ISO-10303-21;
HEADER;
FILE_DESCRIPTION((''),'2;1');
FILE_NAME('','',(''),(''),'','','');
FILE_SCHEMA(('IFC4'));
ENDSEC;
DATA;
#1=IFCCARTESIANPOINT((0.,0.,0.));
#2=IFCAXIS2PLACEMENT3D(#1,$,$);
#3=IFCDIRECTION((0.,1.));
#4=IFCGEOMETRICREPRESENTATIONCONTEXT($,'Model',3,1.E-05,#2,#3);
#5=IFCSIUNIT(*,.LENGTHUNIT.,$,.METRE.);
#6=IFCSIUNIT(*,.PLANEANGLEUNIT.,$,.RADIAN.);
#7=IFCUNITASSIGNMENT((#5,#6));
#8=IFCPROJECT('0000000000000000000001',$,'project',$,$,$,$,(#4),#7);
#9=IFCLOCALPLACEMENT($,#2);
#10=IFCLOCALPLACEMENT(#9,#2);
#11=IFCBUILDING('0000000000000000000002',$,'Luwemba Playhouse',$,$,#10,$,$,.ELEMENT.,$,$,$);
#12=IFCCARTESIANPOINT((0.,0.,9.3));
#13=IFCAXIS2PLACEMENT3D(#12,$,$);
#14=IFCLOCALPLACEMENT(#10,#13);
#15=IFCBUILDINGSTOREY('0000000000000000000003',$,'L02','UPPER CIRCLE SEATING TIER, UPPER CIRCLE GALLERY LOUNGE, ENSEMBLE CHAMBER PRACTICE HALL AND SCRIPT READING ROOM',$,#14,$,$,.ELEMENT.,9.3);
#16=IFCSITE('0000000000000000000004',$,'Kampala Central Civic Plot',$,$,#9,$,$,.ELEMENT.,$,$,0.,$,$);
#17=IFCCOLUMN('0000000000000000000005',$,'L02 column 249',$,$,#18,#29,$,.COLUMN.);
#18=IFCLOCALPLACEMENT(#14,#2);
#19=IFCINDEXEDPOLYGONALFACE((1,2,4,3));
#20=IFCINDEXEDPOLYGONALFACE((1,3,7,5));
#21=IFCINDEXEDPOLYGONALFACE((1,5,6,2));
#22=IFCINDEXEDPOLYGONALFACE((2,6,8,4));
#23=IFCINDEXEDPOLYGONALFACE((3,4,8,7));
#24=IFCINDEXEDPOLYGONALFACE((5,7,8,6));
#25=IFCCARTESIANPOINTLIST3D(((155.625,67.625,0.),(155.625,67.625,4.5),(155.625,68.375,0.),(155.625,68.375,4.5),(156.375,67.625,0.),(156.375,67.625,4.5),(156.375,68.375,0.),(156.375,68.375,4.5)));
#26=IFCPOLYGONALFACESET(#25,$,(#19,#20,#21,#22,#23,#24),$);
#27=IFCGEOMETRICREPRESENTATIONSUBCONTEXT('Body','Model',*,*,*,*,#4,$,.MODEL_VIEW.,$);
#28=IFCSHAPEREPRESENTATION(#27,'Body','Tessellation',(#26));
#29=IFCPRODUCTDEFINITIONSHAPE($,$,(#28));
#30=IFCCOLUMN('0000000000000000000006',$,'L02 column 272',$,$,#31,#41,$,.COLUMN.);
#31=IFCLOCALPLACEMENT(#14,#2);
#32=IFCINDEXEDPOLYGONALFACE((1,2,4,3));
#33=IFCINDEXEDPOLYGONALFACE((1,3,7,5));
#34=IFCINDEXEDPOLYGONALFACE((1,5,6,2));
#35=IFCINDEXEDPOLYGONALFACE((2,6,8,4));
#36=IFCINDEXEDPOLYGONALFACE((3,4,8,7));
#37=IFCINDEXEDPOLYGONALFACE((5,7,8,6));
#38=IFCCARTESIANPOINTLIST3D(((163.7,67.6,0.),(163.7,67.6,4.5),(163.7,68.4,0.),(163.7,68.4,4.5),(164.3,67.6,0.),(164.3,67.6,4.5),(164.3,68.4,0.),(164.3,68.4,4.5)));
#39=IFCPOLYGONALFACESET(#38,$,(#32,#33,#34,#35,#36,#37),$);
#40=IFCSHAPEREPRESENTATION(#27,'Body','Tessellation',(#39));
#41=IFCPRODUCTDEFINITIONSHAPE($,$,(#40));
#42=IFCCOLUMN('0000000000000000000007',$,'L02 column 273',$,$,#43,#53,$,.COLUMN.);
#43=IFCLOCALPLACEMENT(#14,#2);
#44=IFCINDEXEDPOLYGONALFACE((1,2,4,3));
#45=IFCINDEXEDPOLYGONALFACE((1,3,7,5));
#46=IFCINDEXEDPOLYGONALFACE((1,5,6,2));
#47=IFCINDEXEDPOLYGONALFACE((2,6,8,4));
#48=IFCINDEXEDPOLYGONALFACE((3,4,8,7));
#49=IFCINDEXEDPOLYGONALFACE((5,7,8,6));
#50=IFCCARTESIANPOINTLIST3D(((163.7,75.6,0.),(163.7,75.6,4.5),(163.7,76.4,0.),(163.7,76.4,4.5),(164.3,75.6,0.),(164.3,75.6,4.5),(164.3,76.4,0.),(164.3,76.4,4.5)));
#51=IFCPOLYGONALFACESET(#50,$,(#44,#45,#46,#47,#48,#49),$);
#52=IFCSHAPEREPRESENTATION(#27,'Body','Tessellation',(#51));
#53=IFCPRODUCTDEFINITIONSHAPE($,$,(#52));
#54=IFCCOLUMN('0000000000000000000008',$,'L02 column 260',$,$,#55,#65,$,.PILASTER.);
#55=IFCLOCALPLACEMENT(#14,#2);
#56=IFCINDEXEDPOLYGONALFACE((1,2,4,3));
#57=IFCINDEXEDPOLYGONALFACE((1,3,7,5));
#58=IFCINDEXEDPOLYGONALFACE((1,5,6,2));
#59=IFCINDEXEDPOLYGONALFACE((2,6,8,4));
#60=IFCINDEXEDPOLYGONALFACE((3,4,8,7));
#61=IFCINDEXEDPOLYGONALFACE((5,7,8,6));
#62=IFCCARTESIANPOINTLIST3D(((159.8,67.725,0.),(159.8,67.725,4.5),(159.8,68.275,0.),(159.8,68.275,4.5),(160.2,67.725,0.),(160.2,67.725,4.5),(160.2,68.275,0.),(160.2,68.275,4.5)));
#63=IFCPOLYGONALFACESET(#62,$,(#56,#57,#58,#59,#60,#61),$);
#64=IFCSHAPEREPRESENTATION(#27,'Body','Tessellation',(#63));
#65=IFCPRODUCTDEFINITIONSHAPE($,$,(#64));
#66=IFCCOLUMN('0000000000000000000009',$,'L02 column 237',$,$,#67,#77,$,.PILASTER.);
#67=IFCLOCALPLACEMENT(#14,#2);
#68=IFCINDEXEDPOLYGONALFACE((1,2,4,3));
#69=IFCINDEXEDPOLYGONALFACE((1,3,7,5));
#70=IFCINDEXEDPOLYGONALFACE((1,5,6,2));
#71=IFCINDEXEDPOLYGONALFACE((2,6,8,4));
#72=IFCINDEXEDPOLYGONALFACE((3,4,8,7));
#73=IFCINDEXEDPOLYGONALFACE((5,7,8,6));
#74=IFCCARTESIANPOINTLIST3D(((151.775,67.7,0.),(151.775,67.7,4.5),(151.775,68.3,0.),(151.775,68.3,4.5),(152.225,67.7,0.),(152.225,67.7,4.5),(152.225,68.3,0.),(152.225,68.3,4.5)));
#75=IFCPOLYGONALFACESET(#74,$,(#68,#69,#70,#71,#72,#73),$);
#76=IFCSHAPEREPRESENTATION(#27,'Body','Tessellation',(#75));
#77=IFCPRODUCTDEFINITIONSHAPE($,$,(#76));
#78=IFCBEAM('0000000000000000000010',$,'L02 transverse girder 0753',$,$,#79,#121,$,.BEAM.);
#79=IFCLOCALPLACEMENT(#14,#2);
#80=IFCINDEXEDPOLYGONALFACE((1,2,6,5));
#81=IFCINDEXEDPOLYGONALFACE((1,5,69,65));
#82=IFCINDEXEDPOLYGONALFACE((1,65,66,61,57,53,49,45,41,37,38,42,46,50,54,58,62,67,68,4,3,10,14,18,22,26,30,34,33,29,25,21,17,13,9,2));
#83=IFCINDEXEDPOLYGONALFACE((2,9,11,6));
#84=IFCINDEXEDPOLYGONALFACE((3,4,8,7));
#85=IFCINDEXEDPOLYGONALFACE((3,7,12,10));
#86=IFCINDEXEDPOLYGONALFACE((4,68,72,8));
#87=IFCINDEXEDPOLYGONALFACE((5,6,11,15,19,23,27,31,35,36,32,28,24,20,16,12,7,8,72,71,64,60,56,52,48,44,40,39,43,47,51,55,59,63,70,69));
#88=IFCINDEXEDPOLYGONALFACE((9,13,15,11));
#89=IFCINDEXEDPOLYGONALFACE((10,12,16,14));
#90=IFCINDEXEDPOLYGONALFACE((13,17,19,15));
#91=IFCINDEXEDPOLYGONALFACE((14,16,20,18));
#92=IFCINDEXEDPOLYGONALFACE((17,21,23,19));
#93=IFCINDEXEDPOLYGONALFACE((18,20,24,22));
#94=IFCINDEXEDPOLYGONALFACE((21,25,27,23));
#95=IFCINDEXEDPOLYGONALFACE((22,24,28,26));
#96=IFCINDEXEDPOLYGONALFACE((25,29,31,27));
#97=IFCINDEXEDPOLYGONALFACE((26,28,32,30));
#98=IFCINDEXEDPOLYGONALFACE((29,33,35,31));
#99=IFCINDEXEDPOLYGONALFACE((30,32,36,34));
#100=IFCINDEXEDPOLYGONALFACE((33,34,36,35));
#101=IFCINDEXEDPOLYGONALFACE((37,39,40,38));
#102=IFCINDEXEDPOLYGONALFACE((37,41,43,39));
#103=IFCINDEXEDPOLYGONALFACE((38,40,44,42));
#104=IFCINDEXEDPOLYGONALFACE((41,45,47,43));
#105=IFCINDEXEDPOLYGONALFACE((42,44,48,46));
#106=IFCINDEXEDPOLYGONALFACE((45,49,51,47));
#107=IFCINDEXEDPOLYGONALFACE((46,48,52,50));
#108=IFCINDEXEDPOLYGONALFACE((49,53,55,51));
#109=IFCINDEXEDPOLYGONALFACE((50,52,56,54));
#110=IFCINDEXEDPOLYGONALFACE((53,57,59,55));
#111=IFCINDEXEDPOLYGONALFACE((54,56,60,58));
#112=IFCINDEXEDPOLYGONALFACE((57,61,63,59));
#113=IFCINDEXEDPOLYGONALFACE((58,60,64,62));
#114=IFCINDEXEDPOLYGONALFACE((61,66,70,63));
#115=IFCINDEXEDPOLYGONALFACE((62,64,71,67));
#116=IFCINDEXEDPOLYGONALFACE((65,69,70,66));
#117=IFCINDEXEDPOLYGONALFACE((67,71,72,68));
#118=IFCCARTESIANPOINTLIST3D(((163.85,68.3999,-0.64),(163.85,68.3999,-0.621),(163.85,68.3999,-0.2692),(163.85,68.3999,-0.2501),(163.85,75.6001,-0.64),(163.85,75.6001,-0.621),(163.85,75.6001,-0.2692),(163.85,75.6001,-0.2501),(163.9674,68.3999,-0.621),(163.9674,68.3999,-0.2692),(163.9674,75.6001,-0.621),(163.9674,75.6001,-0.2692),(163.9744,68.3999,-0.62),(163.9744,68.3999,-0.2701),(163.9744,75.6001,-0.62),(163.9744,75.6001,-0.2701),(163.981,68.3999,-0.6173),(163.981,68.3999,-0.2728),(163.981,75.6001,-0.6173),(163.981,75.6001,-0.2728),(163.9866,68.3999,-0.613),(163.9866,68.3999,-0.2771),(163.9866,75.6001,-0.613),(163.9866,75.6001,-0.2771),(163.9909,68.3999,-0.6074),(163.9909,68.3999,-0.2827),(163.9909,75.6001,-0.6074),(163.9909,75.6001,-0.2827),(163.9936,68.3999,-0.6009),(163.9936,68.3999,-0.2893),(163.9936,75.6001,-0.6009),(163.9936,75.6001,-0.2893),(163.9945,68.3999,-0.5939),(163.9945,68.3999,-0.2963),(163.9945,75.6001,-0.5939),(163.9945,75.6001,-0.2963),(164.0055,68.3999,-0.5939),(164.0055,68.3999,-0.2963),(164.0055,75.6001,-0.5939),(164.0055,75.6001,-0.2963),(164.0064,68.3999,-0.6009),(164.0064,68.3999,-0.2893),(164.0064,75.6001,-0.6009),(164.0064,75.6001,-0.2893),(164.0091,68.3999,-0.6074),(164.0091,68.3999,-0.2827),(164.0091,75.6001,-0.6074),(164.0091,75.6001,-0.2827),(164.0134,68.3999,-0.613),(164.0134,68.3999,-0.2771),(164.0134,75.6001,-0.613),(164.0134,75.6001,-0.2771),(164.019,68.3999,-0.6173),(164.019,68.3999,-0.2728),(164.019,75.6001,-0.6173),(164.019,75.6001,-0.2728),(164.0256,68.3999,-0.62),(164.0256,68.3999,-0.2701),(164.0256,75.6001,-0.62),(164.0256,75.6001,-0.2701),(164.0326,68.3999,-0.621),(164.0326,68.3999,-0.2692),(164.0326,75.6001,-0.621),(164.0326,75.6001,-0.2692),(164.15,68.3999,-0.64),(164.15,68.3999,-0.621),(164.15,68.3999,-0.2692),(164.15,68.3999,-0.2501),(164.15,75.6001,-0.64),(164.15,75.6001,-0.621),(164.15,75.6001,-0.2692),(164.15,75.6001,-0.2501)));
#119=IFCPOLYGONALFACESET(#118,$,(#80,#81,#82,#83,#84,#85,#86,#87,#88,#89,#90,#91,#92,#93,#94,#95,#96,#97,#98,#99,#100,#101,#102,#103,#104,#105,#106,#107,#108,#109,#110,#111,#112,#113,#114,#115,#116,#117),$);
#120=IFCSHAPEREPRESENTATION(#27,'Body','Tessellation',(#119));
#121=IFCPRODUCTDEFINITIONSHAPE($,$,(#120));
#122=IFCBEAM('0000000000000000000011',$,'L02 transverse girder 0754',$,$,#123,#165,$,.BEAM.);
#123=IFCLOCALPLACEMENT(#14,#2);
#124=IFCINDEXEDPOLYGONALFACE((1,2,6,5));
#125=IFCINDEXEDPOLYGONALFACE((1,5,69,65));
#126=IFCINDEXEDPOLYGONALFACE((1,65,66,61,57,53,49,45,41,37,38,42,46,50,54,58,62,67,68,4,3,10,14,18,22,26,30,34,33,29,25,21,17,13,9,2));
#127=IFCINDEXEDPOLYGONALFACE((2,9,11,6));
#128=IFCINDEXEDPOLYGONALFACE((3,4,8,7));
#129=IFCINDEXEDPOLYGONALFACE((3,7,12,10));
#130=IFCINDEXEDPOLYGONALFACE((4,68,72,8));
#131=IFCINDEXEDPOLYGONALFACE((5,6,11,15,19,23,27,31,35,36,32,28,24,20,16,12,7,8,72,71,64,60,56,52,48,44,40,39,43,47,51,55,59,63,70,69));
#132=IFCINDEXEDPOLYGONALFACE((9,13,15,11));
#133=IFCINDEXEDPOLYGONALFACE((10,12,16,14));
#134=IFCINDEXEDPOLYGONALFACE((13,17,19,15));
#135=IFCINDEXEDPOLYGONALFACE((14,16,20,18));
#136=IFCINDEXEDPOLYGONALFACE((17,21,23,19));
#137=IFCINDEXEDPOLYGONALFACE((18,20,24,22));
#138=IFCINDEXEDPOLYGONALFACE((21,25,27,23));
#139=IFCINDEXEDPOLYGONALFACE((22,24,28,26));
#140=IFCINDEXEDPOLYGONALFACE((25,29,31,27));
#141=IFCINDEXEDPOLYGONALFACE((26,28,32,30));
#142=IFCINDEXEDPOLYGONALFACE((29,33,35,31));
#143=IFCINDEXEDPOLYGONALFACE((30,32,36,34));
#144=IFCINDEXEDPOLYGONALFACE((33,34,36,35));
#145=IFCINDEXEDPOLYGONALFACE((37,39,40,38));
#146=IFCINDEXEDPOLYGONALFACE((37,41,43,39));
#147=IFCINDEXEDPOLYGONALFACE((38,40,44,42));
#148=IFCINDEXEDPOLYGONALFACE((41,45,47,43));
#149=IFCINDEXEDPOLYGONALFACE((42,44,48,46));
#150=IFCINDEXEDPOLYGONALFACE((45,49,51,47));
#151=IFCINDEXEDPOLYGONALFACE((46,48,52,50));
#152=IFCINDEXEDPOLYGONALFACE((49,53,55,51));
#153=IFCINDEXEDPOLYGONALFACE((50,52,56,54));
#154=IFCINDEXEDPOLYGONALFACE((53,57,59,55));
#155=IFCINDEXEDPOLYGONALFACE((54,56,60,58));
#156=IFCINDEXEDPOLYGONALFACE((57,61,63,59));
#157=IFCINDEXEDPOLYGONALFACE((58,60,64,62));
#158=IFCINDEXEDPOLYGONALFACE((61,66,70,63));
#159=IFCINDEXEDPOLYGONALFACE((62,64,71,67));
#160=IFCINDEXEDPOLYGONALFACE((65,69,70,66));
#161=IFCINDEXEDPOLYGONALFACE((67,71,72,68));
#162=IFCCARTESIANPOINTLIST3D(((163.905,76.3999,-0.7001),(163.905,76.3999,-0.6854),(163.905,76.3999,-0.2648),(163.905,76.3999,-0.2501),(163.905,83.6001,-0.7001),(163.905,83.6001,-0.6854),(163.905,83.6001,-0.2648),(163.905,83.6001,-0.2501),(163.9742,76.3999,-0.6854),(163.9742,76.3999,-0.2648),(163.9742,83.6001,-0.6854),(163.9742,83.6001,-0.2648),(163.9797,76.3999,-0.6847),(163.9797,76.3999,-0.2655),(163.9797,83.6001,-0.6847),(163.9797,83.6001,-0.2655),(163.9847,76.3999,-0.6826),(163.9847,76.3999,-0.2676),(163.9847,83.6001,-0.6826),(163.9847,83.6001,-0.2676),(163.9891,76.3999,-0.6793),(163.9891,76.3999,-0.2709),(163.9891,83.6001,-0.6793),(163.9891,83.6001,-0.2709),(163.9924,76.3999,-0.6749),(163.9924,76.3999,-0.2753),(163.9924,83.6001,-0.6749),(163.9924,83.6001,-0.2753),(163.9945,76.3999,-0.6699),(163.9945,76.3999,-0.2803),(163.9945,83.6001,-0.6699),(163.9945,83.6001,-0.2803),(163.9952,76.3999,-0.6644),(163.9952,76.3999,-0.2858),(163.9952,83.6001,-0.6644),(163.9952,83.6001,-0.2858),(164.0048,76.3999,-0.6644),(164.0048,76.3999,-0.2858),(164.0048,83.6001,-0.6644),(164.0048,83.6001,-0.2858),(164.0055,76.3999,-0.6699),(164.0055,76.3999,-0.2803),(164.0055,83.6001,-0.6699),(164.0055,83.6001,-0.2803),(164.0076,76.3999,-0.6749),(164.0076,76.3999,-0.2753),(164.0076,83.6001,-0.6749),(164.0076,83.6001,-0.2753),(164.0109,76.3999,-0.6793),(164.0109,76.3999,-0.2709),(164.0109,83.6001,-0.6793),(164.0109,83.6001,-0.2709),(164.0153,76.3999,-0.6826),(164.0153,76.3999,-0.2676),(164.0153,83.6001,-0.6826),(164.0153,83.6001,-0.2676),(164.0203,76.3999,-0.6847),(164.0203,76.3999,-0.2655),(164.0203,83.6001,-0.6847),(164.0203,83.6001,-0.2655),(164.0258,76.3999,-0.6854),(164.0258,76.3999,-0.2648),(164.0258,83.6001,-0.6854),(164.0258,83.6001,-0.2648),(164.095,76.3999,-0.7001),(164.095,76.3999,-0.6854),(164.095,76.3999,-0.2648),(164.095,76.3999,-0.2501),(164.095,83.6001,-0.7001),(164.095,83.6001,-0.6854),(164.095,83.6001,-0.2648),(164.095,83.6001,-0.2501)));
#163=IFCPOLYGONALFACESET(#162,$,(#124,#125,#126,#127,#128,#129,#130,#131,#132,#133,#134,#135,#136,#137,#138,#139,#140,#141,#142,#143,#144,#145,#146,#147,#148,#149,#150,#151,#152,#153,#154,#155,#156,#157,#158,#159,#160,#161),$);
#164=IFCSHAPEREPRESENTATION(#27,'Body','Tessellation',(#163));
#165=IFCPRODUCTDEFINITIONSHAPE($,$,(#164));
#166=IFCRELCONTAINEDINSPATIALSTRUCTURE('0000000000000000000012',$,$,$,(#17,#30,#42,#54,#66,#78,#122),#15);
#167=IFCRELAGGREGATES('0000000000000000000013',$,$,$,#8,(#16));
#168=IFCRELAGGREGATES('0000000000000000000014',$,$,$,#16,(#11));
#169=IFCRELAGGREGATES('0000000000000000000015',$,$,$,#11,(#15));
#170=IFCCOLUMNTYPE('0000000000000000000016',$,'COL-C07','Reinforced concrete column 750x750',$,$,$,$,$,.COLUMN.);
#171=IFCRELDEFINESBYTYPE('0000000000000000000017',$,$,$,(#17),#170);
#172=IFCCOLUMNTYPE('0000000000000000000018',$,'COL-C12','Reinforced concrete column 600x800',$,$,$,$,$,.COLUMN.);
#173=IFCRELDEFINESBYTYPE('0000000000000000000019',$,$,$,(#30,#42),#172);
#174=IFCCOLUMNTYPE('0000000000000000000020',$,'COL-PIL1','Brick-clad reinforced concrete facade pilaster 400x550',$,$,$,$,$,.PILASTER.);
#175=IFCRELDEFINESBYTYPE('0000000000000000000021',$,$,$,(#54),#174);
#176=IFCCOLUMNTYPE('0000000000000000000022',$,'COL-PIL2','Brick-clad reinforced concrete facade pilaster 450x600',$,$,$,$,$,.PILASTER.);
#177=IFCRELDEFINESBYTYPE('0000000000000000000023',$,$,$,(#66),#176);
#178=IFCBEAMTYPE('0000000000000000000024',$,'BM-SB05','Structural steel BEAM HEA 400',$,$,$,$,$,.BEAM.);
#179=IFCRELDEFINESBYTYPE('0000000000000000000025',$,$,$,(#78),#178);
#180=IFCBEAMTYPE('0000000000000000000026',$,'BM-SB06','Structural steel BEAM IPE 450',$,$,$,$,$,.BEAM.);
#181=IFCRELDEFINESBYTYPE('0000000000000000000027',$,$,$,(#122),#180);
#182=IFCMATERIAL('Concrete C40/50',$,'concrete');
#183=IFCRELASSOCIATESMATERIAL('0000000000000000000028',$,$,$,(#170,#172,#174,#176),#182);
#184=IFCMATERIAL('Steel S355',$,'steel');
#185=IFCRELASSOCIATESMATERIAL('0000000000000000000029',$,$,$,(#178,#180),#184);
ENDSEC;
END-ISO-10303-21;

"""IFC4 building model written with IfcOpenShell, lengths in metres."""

from ifc_helpers import new_model, si_unit, direction, frame, origin, origin_2d, place, context, subcontext, project, spatial, rectangle, i_section, extrude, material, material_profile, profile_set, type_object, element, save


model = new_model("IFC4")

# Units and contexts
model_context = context("Model", 3, precision=1e-05, world=origin(), true_north=direction((0.0, 1.0)))
body_context = subcontext(model_context, "Body", "Model", "MODEL_VIEW")
ifc_project = project(units=[si_unit("LENGTHUNIT", "METRE"), si_unit("PLANEANGLEUNIT", "RADIAN")], contexts=[model_context])

# Site, building, storey
site_placement = place(None, origin())
site = spatial("IfcSite", under=ifc_project, at=site_placement, Name="Kampala Central Civic Plot", CompositionType="ELEMENT", RefElevation=0.0)
building_placement = place(site_placement, origin())
building = spatial("IfcBuilding", under=site, at=building_placement, Name="Luwemba Playhouse", CompositionType="ELEMENT")
storey_placement = place(building_placement, frame((0.0, 0.0, 9.3)))
storey = spatial("IfcBuildingStorey", under=building, at=storey_placement, Name="L02", Description="UPPER CIRCLE SEATING TIER, UPPER CIRCLE GALLERY LOUNGE, ENSEMBLE CHAMBER PRACTICE HALL AND SCRIPT READING ROOM", CompositionType="ELEMENT", Elevation=9.3)

# Columns
ifc_material_1 = material(Name="Concrete C40/50", Category="concrete")
ifc_material_profile_1 = material_profile(ifc_material_1, rectangle(XDim=0.75, YDim=0.75, at=origin_2d()))
ifc_profile_set_1 = profile_set([ifc_material_profile_1], Name="Concrete C40/50")
column_type_1 = type_object("IfcColumnType", Name="COL-C07", Description="Reinforced concrete column 750x750", PredefinedType="COLUMN", material=ifc_profile_set_1)
column_1_placement = place(storey_placement, frame((156.0, 68.0, 0.0), z_axis=(0.0, 0.0, 1.0), x_axis=(1.0, 0.0, 0.0)))
element("IfcColumn", 1, at=column_1_placement, inside=storey, type_object=column_type_1, Name="L02 column 249", PredefinedType="COLUMN", context=body_context, shape_type="SweptSolid", body=[
    extrude(rectangle(XDim=0.75, YDim=0.75, at=origin_2d()), origin(), (0.0, 0.0, 1.0), 4.5),
])
ifc_material_profile_2 = material_profile(ifc_material_1, rectangle(XDim=0.6001, YDim=0.8, at=origin_2d()))
ifc_profile_set_2 = profile_set([ifc_material_profile_2], Name="Concrete C40/50")
column_type_2 = type_object("IfcColumnType", Name="COL-C12", Description="Reinforced concrete column 600x800", PredefinedType="COLUMN", material=ifc_profile_set_2)
for number, where, z_axis, x_axis, name in (
    (2, (164.0, 68.0, 0.0), (0.0, 0.0, 1.0), (1.0, 0.0, 0.0), "L02 column 272"),
    (3, (164.0, 76.0, 0.0), (0.0, 0.0, 1.0), (1.0, 0.0, 0.0), "L02 column 273"),
):
    element("IfcColumn", number, at=place(storey_placement, frame(where, z_axis=z_axis, x_axis=x_axis)), inside=storey, type_object=column_type_2, Name=name, PredefinedType="COLUMN", context=body_context, shape_type="SweptSolid", body=[
        extrude(rectangle(XDim=0.6001, YDim=0.8, at=origin_2d()), origin(), (0.0, 0.0, 1.0), 4.5),
    ])
ifc_material_profile_3 = material_profile(ifc_material_1, rectangle(XDim=0.3999, YDim=0.55, at=origin_2d()))
ifc_profile_set_3 = profile_set([ifc_material_profile_3], Name="Concrete C40/50")
column_type_3 = type_object("IfcColumnType", Name="COL-PIL1", Description="Brick-clad reinforced concrete facade pilaster 400x550", PredefinedType="PILASTER", material=ifc_profile_set_3)
column_2_placement = place(storey_placement, frame((160.0, 68.0, 0.0), z_axis=(0.0, 0.0, 1.0), x_axis=(1.0, 0.0, 0.0)))
element("IfcColumn", 4, at=column_2_placement, inside=storey, type_object=column_type_3, Name="L02 column 260", PredefinedType="PILASTER", context=body_context, shape_type="SweptSolid", body=[
    extrude(rectangle(XDim=0.3999, YDim=0.55, at=origin_2d()), origin(), (0.0, 0.0, 1.0), 4.5),
])
ifc_material_profile_4 = material_profile(ifc_material_1, rectangle(XDim=0.45, YDim=0.6001, at=origin_2d()))
ifc_profile_set_4 = profile_set([ifc_material_profile_4], Name="Concrete C40/50")
column_type_4 = type_object("IfcColumnType", Name="COL-PIL2", Description="Brick-clad reinforced concrete facade pilaster 450x600", PredefinedType="PILASTER", material=ifc_profile_set_4)
column_3_placement = place(storey_placement, frame((152.0, 68.0, 0.0), z_axis=(0.0, 0.0, 1.0), x_axis=(1.0, 0.0, 0.0)))
element("IfcColumn", 5, at=column_3_placement, inside=storey, type_object=column_type_4, Name="L02 column 237", PredefinedType="PILASTER", context=body_context, shape_type="SweptSolid", body=[
    extrude(rectangle(XDim=0.45, YDim=0.6001, at=origin_2d()), origin(), (0.0, 0.0, 1.0), 4.5),
])

# Beams
ifc_material_2 = material(Name="Steel S355", Category="steel")
ifc_material_profile_5 = material_profile(ifc_material_2, i_section(OverallWidth=0.3, OverallDepth=0.3899, WebThickness=0.011, FlangeThickness=0.019, FilletRadius=0.0271, at=origin_2d()))
ifc_profile_set_5 = profile_set([ifc_material_profile_5], Name="Steel S355")
beam_type_1 = type_object("IfcBeamType", Name="BM-SB05", Description="Structural steel BEAM HEA 400", PredefinedType="BEAM", material=ifc_profile_set_5)
beam_1_placement = place(storey_placement, frame((164.0, 68.3999, -0.4451), z_axis=(0.0, 1.0, 0.0), x_axis=(-1.0, 0.0, 0.0)))
element("IfcBeam", 6, at=beam_1_placement, inside=storey, type_object=beam_type_1, Name="L02 transverse girder 0753", PredefinedType="BEAM", context=body_context, shape_type="SweptSolid", body=[
    extrude(i_section(OverallWidth=0.3, OverallDepth=0.3899, WebThickness=0.011, FlangeThickness=0.019, FilletRadius=0.0271, at=origin_2d()), origin(), (0.0, 0.0, 1.0), 7.2002),
])
ifc_material_profile_6 = material_profile(ifc_material_2, i_section(OverallWidth=0.1899, OverallDepth=0.45, WebThickness=0.0095, FlangeThickness=0.0146, FilletRadius=0.021, at=origin_2d()))
ifc_profile_set_6 = profile_set([ifc_material_profile_6], Name="Steel S355")
beam_type_2 = type_object("IfcBeamType", Name="BM-SB06", Description="Structural steel BEAM IPE 450", PredefinedType="BEAM", material=ifc_profile_set_6)
beam_2_placement = place(storey_placement, frame((164.0, 76.3999, -0.4751), z_axis=(0.0, 1.0, 0.0), x_axis=(-1.0, 0.0, 0.0)))
element("IfcBeam", 7, at=beam_2_placement, inside=storey, type_object=beam_type_2, Name="L02 transverse girder 0754", PredefinedType="BEAM", context=body_context, shape_type="SweptSolid", body=[
    extrude(i_section(OverallWidth=0.1899, OverallDepth=0.45, WebThickness=0.0095, FlangeThickness=0.0146, FilletRadius=0.021, at=origin_2d()), origin(), (0.0, 0.0, 1.0), 7.2002),
])

save(model, "model.ifc")
